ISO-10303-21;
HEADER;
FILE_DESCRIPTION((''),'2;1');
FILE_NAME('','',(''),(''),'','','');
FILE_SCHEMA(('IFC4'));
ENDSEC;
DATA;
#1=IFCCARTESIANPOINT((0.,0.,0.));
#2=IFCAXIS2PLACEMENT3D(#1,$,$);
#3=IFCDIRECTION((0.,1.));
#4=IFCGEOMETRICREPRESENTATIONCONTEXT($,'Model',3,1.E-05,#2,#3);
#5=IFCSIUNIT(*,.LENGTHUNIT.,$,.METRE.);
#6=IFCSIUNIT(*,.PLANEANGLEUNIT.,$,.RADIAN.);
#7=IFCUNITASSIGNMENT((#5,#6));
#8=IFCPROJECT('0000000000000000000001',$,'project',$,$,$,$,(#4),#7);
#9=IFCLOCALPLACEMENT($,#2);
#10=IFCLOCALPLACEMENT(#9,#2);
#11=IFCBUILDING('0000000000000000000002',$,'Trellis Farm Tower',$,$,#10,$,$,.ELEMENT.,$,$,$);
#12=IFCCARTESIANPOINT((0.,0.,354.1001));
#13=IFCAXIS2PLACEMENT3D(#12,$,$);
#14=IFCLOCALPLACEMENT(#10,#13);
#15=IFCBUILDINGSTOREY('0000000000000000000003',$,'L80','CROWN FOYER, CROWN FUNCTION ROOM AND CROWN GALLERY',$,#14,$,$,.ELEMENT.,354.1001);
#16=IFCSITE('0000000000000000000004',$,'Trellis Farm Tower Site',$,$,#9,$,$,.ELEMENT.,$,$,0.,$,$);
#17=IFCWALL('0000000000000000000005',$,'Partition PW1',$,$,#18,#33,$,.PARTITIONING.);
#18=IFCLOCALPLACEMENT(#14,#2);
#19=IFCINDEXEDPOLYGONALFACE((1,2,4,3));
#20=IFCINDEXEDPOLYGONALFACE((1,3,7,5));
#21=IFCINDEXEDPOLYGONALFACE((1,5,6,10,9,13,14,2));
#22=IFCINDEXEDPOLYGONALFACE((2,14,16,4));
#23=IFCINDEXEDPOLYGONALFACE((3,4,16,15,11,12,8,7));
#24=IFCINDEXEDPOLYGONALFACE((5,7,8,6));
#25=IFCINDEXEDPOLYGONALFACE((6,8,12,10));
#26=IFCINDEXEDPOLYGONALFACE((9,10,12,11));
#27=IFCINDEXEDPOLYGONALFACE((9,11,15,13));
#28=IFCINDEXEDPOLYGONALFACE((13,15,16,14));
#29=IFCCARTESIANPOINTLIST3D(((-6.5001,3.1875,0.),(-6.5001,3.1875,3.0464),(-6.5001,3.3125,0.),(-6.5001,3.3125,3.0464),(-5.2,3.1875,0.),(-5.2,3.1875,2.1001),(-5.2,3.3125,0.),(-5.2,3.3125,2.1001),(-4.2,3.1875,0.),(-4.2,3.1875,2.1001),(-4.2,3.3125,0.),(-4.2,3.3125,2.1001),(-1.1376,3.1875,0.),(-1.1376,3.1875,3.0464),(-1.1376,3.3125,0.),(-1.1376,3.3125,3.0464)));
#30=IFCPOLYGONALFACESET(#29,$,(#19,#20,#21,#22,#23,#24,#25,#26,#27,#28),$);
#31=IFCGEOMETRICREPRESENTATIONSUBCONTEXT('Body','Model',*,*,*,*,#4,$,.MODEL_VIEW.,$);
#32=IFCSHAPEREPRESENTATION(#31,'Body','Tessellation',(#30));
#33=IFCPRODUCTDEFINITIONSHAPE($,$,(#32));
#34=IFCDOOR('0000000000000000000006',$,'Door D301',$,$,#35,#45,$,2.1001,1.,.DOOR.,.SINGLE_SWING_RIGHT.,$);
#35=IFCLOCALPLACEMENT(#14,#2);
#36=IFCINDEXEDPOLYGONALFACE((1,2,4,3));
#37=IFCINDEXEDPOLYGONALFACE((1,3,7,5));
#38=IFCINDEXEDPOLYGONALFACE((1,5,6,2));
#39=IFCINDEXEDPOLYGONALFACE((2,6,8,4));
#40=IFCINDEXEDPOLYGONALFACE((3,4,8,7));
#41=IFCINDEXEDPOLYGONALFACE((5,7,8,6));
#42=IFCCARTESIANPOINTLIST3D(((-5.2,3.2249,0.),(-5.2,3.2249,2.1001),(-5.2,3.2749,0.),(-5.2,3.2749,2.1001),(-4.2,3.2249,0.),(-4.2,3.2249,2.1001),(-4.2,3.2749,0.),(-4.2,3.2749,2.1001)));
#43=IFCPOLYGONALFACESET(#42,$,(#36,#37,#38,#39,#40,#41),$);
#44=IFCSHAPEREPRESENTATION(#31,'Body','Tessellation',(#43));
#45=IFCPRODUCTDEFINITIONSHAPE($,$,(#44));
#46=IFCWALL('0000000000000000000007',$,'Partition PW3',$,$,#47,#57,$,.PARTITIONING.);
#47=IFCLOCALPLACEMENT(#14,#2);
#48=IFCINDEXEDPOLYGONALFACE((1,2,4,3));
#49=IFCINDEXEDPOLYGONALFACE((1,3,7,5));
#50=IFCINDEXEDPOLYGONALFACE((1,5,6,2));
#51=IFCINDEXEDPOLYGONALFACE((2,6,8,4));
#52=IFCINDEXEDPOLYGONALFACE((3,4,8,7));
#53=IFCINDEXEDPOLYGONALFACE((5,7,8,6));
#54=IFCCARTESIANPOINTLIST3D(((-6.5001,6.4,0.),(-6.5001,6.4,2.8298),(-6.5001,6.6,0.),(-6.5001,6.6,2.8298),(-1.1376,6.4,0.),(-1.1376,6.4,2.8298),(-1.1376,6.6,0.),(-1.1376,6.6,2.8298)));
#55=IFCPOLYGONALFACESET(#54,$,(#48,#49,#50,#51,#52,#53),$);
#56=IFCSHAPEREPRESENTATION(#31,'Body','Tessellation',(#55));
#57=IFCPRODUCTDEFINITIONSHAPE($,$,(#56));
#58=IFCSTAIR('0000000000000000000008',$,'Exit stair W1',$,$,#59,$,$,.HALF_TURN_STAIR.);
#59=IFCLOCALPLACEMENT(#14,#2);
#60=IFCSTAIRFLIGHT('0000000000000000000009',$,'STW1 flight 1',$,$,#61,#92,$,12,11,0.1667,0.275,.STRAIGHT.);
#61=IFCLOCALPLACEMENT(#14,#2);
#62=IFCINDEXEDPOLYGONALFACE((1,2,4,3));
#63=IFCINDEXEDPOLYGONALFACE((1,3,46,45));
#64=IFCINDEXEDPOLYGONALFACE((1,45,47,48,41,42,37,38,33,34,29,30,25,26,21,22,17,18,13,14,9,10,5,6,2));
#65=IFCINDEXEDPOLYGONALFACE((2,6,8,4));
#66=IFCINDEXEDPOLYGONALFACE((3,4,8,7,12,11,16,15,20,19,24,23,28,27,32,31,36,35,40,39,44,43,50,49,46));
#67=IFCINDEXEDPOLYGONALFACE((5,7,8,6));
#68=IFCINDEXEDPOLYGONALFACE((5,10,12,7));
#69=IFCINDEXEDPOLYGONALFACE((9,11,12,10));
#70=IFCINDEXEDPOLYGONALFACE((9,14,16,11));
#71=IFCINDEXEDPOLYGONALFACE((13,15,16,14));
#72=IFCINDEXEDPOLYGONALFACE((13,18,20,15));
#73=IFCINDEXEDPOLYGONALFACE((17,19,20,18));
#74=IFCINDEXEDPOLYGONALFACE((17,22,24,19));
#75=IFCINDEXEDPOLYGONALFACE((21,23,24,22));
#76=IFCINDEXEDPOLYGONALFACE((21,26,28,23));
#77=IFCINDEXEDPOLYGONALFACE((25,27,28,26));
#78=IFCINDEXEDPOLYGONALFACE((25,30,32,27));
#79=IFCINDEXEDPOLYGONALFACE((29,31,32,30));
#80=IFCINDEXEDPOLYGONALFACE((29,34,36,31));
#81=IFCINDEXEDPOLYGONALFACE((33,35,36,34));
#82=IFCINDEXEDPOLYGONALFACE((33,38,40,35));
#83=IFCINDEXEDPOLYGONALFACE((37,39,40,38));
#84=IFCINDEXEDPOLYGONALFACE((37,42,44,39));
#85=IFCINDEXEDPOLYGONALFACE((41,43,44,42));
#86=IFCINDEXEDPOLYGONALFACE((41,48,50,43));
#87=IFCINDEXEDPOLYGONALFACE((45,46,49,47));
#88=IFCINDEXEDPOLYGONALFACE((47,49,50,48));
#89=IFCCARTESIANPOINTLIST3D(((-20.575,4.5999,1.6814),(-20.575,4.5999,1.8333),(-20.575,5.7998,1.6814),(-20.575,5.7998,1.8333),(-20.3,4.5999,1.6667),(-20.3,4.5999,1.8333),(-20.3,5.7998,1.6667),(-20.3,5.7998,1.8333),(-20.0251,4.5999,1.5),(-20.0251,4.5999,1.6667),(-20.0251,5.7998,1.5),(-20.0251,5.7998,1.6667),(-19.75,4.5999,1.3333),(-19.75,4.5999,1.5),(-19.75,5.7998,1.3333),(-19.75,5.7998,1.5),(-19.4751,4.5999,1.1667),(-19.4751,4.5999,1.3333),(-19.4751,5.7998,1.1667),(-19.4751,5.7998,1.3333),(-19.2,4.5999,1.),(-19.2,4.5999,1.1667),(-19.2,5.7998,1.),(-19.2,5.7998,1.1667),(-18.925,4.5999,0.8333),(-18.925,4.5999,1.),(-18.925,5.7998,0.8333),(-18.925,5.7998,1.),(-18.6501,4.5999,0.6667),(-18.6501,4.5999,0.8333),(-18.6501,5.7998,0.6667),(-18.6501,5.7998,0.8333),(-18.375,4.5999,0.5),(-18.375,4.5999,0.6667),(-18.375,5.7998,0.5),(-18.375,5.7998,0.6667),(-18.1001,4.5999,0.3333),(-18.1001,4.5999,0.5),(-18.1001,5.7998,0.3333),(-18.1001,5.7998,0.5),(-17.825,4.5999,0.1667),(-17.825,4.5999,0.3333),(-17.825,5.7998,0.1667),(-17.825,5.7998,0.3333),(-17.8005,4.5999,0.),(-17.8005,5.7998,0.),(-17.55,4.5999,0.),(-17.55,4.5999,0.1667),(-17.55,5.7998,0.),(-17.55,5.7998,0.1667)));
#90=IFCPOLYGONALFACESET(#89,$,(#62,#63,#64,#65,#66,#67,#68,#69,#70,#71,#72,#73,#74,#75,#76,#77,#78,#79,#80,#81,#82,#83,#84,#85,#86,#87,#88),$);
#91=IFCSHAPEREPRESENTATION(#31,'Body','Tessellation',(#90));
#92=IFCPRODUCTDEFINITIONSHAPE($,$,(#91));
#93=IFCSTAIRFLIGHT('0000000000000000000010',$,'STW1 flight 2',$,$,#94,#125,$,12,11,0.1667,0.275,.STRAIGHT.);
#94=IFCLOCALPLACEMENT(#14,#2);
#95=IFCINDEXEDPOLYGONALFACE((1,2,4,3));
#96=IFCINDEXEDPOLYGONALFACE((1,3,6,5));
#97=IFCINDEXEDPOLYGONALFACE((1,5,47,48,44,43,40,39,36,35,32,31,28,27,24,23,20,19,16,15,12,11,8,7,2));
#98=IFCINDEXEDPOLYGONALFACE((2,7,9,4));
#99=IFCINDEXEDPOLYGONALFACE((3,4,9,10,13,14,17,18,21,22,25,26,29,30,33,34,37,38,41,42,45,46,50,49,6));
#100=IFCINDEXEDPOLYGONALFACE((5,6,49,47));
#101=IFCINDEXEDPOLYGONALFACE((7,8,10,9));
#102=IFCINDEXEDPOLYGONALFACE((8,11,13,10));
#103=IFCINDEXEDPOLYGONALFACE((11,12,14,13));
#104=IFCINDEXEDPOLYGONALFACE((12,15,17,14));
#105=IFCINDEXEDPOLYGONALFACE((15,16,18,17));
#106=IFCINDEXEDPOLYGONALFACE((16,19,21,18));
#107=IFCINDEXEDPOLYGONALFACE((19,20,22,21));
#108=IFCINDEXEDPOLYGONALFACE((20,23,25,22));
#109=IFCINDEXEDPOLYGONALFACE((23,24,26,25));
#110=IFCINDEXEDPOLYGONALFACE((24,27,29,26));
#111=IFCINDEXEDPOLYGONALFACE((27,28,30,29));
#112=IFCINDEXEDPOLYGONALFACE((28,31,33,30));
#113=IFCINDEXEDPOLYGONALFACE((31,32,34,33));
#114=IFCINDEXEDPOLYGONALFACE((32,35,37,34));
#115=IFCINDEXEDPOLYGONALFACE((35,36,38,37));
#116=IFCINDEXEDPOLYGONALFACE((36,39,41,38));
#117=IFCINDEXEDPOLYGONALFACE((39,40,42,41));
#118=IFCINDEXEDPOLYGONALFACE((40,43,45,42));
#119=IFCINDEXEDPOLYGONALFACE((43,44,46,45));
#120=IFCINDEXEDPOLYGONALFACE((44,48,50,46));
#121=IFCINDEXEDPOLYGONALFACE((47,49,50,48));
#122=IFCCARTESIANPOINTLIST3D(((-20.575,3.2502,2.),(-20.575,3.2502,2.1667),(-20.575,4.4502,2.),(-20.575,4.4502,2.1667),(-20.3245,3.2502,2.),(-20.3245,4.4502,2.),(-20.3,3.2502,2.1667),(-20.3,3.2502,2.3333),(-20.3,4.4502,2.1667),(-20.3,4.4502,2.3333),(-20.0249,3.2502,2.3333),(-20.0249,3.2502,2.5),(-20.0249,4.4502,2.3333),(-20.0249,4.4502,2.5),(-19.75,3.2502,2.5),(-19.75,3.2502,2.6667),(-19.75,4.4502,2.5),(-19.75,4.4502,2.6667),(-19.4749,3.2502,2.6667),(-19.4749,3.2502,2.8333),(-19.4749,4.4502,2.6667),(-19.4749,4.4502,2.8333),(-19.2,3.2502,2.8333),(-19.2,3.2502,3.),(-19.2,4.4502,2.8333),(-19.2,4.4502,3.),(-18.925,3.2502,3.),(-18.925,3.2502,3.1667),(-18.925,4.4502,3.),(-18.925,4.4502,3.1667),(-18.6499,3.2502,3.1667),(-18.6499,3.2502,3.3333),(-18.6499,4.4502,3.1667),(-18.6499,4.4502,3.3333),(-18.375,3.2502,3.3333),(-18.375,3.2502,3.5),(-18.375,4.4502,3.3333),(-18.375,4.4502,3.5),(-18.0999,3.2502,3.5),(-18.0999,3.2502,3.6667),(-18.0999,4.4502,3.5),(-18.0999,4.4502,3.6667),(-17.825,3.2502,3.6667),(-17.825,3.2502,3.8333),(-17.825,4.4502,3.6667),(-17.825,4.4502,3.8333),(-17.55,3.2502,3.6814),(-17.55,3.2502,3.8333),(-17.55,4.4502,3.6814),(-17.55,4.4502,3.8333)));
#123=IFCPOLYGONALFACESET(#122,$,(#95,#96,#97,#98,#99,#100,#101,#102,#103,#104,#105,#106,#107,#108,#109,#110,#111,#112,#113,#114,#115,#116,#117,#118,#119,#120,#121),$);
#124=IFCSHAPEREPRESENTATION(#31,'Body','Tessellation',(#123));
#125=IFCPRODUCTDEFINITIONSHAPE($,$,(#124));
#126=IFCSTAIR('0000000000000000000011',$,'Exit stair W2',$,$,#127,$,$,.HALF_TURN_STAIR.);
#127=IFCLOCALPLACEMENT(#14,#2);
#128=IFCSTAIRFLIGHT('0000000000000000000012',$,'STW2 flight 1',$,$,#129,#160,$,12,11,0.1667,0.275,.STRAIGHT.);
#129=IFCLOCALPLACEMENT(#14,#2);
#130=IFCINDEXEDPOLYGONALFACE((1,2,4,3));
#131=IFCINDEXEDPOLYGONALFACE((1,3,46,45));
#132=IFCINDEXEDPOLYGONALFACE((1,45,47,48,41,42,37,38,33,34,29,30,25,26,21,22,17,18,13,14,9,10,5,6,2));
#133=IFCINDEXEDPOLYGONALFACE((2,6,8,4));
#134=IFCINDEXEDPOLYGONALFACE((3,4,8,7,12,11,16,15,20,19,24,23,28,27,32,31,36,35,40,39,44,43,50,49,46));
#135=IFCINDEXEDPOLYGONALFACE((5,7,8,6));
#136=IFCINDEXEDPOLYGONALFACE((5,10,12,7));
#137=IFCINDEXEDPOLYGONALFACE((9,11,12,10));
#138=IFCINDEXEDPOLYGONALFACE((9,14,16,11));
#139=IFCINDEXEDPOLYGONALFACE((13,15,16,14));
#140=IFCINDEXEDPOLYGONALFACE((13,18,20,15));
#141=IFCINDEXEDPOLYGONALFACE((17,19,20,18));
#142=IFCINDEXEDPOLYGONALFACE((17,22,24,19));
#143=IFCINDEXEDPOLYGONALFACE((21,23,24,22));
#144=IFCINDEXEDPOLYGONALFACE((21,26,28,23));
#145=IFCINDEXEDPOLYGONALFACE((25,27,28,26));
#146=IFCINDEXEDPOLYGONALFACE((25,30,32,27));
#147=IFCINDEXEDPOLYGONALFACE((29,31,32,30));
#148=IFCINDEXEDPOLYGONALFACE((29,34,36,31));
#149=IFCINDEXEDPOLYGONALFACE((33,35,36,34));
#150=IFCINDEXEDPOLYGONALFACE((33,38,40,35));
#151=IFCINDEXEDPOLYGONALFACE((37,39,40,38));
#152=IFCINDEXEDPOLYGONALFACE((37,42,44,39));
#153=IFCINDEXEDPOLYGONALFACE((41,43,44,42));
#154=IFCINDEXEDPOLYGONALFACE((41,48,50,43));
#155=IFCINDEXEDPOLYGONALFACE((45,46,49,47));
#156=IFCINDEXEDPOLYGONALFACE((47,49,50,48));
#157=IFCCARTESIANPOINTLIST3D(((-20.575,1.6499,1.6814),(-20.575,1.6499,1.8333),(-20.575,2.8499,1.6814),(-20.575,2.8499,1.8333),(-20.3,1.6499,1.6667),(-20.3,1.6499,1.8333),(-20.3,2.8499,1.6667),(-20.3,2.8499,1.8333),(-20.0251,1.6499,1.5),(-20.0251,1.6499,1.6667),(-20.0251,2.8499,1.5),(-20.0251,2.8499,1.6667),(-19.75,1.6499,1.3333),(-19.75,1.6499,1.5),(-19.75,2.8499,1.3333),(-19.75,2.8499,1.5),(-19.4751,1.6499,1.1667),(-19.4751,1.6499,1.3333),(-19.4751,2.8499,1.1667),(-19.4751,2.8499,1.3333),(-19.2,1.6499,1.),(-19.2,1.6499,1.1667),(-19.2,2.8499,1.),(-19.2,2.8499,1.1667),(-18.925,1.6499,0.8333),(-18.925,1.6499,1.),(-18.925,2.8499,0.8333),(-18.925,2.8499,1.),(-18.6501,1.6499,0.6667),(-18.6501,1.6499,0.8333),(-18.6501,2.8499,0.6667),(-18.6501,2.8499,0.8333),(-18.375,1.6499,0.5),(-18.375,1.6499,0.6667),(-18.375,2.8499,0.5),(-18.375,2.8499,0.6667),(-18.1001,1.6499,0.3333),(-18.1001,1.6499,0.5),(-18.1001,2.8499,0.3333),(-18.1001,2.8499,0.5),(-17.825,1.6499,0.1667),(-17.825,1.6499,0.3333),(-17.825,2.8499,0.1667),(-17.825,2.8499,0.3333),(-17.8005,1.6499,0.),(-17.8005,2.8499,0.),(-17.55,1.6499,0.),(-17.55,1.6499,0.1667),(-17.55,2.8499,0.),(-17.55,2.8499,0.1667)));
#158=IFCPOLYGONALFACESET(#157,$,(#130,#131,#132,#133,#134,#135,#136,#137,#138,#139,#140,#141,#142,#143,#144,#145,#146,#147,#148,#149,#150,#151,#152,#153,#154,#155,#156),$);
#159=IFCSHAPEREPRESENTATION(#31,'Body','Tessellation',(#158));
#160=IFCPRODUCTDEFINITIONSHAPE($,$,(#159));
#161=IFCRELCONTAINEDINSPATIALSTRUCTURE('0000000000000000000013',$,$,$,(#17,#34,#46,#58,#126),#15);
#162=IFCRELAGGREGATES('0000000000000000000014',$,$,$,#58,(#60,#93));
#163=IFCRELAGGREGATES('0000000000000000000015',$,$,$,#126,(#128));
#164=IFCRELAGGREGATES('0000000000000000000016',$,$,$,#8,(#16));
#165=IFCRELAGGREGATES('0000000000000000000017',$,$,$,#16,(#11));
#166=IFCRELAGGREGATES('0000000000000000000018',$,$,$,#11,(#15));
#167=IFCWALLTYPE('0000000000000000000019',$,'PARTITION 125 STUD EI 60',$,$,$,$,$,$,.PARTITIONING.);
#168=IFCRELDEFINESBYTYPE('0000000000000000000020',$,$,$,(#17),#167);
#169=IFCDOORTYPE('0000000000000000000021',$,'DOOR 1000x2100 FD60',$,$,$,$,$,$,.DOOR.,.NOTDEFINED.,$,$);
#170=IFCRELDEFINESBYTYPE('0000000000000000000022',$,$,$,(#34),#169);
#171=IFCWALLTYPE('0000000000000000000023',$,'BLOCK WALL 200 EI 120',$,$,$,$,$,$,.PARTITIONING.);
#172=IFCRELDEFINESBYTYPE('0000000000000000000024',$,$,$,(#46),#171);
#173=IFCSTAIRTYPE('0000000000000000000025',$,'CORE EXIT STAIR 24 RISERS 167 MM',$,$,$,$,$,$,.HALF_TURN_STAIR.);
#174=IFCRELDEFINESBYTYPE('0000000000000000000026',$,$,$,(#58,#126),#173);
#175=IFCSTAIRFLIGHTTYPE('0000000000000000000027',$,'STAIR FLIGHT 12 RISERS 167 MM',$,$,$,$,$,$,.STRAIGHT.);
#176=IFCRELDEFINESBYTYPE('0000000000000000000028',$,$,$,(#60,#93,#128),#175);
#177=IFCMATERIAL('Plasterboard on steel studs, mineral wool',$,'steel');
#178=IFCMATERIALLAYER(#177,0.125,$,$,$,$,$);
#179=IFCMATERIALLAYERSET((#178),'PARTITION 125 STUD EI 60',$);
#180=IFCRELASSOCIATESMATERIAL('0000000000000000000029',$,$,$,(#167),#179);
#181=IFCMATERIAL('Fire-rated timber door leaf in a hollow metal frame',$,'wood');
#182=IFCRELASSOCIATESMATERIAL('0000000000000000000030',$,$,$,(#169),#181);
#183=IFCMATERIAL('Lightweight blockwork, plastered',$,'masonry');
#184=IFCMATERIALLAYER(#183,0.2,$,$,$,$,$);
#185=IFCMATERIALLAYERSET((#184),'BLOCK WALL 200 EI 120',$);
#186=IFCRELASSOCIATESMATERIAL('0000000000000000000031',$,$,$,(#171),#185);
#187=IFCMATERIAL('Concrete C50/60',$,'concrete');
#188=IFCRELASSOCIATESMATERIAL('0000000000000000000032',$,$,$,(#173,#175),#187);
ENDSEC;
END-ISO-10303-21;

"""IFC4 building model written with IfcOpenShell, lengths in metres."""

from ifc_helpers import new_model, si_unit, direction, frame, frame_2d, origin, place, context, subcontext, project, spatial, polyline, rectangle, outline, extrude, source, transform, mapped, material, layer, layer_set, type_object, element, fill, aggregate, save


model = new_model("IFC4")

# Units and contexts
model_context = context("Model", 3, precision=1e-05, world=origin(), true_north=direction((0.0, 1.0)))
body_context = subcontext(model_context, "Body", "Model", "MODEL_VIEW")
ifc_project = project(units=[si_unit("LENGTHUNIT", "METRE"), si_unit("PLANEANGLEUNIT", "RADIAN")], contexts=[model_context])

# Site, building, storey
site_placement = place(None, origin())
site = spatial("IfcSite", under=ifc_project, at=site_placement, Name="Trellis Farm Tower Site", CompositionType="ELEMENT", RefElevation=0.0)
building_placement = place(site_placement, origin())
building = spatial("IfcBuilding", under=site, at=building_placement, Name="Trellis Farm Tower", CompositionType="ELEMENT")
storey_placement = place(building_placement, frame((0.0, 0.0, 354.1001)))
storey = spatial("IfcBuildingStorey", under=building, at=storey_placement, Name="L80", Description="CROWN FOYER, CROWN FUNCTION ROOM AND CROWN GALLERY", CompositionType="ELEMENT", Elevation=354.1001)

# Shared definitions
placement = place(storey_placement, origin())

# Shared definitions
ifc_material_1 = material(Name="Concrete C50/60", Category="concrete")

# Shared definitions
shared_shape_1 = source(origin(), body_context, "Body", "SweptSolid", [
    extrude(rectangle(XDim=1.0, YDim=2.1001, at=frame_2d((0.5, 1.05))), frame((0.0, 0.0249, 0.0), z_axis=(0.0, -1.0, 0.0), x_axis=(1.0, 0.0, 0.0)), (0.0, 0.0, 1.0), 0.05),
])

# Wall, opening, door
ifc_material_2 = material(Name="Plasterboard on steel studs, mineral wool", Category="steel")
ifc_layer_1 = layer(ifc_material_2, 0.125)
ifc_layer_set_1 = layer_set([ifc_layer_1], Name="PARTITION 125 STUD EI 60")
wall_type_1 = type_object("IfcWallType", Name="PARTITION 125 STUD EI 60", PredefinedType="PARTITIONING", material=ifc_layer_set_1)
shared_shape_2 = source(origin(), body_context, "Body", "SweptSolid", [
    extrude(rectangle(XDim=5.3625, YDim=0.125, at=frame_2d((2.6812, 0.0))), origin(), (0.0, 0.0, 1.0), 3.0464),
])
wall_1_placement = place(storey_placement, frame((-6.5, 3.25, 0.0), z_axis=(0.0, 0.0, 1.0), x_axis=(1.0, 0.0, 0.0)))
wall_1 = element("IfcWall", 1, at=wall_1_placement, inside=storey, type_object=wall_type_1, Name="Partition PW1", PredefinedType="PARTITIONING", context=body_context, shape_type="MappedRepresentation", body=[
    mapped(shared_shape_2, transform((0.0, 0.0, 0.0))),
])
shared_shape_3 = source(origin(), body_context, "Body", "SweptSolid", [
    extrude(rectangle(XDim=1.0, YDim=2.1001, at=frame_2d((0.5, 1.05))), frame((0.0, 0.0725, 0.0), z_axis=(0.0, -1.0, 0.0), x_axis=(1.0, 0.0, 0.0)), (0.0, 0.0, 1.0), 0.145),
])
opening_1_placement = place(wall_1_placement, frame((1.3, 0.0, 0.0)))
opening_1 = element("IfcOpeningElement", 2, at=opening_1_placement, cuts=wall_1, PredefinedType="OPENING", context=body_context, shape_type="MappedRepresentation", body=[
    mapped(shared_shape_3, transform((0.0, 0.0, 0.0))),
])
ifc_material_3 = material(Name="Fire-rated timber door leaf in a hollow metal frame", Category="wood")
door_type_1 = type_object("IfcDoorType", Name="DOOR 1000x2100 FD60", OperationType="NOTDEFINED", PredefinedType="DOOR", material=ifc_material_3)
door_1_placement = place(opening_1_placement, origin())
door_1 = element("IfcDoor", 3, at=door_1_placement, inside=storey, type_object=door_type_1, Name="Door D301", OperationType="SINGLE_SWING_RIGHT", OverallHeight=2.1001, OverallWidth=1.0, PredefinedType="DOOR", context=body_context, shape_type="MappedRepresentation", body=[
    mapped(shared_shape_1, transform((0.0, 0.0, 0.0))),
])
fill(opening_1, door_1)

# Wall
ifc_material_4 = material(Name="Lightweight blockwork, plastered", Category="masonry")
ifc_layer_2 = layer(ifc_material_4, 0.2)
ifc_layer_set_2 = layer_set([ifc_layer_2], Name="BLOCK WALL 200 EI 120")
wall_type_2 = type_object("IfcWallType", Name="BLOCK WALL 200 EI 120", PredefinedType="PARTITIONING", material=ifc_layer_set_2)
shared_shape_4 = source(origin(), body_context, "Body", "SweptSolid", [
    extrude(rectangle(XDim=5.3625, YDim=0.2, at=frame_2d((2.6812, 0.0))), origin(), (0.0, 0.0, 1.0), 2.8298),
])
wall_2_placement = place(storey_placement, frame((-6.5, 6.5, 0.0), z_axis=(0.0, 0.0, 1.0), x_axis=(1.0, 0.0, 0.0)))
element("IfcWall", 4, at=wall_2_placement, inside=storey, type_object=wall_type_2, Name="Partition PW3", PredefinedType="PARTITIONING", context=body_context, shape_type="MappedRepresentation", body=[
    mapped(shared_shape_4, transform((0.0, 0.0, 0.0))),
])

# Stairs, stair flights
stair_type = type_object("IfcStairType", Name="CORE EXIT STAIR 24 RISERS 167 MM", PredefinedType="HALF_TURN_STAIR", material=ifc_material_1)
stair_1 = element("IfcStair", 5, at=placement, inside=storey, type_object=stair_type, Name="Exit stair W1", PredefinedType="HALF_TURN_STAIR")
stair_flight_type = type_object("IfcStairFlightType", Name="STAIR FLIGHT 12 RISERS 167 MM", PredefinedType="STRAIGHT", material=ifc_material_1)
shared_shape_5 = source(origin(), body_context, "Body", "SweptSolid", [
    extrude(outline(polyline([(0.0, 0.0), (0.0, 0.1667), (0.2749, 0.1667), (0.2749, 0.3333), (0.55, 0.3333), (0.55, 0.5), (0.825, 0.5), (0.825, 0.6667), (1.1001, 0.6667), (1.1001, 0.8333), (1.375, 0.8333), (1.375, 1.0), (1.6499, 1.0), (1.6499, 1.1667), (1.925, 1.1667), (1.925, 1.3333), (2.2, 1.3333), (2.2, 1.5), (2.4751, 1.5), (2.4751, 1.6667), (2.75, 1.6667), (2.75, 1.8333), (3.0249, 1.8333), (3.0249, 2.0), (3.0249, 1.6814), (0.2505, 0.0), (0.0, 0.0)])), frame((0.0, 0.6001, 0.0), z_axis=(0.0, -1.0, 0.0), x_axis=(1.0, 0.0, 0.0)), (0.0, 0.0, 1.0), 1.2),
])
stair_flight_1_placement = place(storey_placement, frame((-17.55, 5.2, 0.0), z_axis=(0.0, 0.0, 1.0), x_axis=(-1.0, 0.0, 0.0)))
stair_flight_1 = element("IfcStairFlight", 6, at=stair_flight_1_placement, type_object=stair_flight_type, Name="STW1 flight 1", NumberOfRisers=12, NumberOfTreads=11, PredefinedType="STRAIGHT", RiserHeight=0.1667, TreadLength=0.275, context=body_context, shape_type="MappedRepresentation", body=[
    mapped(shared_shape_5, transform((0.0, 0.0, 0.0))),
])
stair_flight_2_placement = place(storey_placement, frame((-20.575, 3.8501, 2.0), z_axis=(0.0, 0.0, 1.0), x_axis=(1.0, 0.0, 0.0)))
stair_flight_2 = element("IfcStairFlight", 7, at=stair_flight_2_placement, type_object=stair_flight_type, Name="STW1 flight 2", NumberOfRisers=12, NumberOfTreads=11, PredefinedType="STRAIGHT", RiserHeight=0.1667, TreadLength=0.275, context=body_context, shape_type="MappedRepresentation", body=[
    mapped(shared_shape_5, transform((0.0, 0.0, 0.0))),
])
aggregate(stair_1, [stair_flight_1, stair_flight_2])
stair_2 = element("IfcStair", 8, at=placement, inside=storey, type_object=stair_type, Name="Exit stair W2", PredefinedType="HALF_TURN_STAIR")
stair_flight_3_placement = place(storey_placement, frame((-17.55, 2.25, 0.0), z_axis=(0.0, 0.0, 1.0), x_axis=(-1.0, 0.0, 0.0)))
stair_flight_3 = element("IfcStairFlight", 9, at=stair_flight_3_placement, type_object=stair_flight_type, Name="STW2 flight 1", NumberOfRisers=12, NumberOfTreads=11, PredefinedType="STRAIGHT", RiserHeight=0.1667, TreadLength=0.275, context=body_context, shape_type="MappedRepresentation", body=[
    mapped(shared_shape_5, transform((0.0, 0.0, 0.0))),
])
aggregate(stair_2, [stair_flight_3])

save(model, "model.ifc")
